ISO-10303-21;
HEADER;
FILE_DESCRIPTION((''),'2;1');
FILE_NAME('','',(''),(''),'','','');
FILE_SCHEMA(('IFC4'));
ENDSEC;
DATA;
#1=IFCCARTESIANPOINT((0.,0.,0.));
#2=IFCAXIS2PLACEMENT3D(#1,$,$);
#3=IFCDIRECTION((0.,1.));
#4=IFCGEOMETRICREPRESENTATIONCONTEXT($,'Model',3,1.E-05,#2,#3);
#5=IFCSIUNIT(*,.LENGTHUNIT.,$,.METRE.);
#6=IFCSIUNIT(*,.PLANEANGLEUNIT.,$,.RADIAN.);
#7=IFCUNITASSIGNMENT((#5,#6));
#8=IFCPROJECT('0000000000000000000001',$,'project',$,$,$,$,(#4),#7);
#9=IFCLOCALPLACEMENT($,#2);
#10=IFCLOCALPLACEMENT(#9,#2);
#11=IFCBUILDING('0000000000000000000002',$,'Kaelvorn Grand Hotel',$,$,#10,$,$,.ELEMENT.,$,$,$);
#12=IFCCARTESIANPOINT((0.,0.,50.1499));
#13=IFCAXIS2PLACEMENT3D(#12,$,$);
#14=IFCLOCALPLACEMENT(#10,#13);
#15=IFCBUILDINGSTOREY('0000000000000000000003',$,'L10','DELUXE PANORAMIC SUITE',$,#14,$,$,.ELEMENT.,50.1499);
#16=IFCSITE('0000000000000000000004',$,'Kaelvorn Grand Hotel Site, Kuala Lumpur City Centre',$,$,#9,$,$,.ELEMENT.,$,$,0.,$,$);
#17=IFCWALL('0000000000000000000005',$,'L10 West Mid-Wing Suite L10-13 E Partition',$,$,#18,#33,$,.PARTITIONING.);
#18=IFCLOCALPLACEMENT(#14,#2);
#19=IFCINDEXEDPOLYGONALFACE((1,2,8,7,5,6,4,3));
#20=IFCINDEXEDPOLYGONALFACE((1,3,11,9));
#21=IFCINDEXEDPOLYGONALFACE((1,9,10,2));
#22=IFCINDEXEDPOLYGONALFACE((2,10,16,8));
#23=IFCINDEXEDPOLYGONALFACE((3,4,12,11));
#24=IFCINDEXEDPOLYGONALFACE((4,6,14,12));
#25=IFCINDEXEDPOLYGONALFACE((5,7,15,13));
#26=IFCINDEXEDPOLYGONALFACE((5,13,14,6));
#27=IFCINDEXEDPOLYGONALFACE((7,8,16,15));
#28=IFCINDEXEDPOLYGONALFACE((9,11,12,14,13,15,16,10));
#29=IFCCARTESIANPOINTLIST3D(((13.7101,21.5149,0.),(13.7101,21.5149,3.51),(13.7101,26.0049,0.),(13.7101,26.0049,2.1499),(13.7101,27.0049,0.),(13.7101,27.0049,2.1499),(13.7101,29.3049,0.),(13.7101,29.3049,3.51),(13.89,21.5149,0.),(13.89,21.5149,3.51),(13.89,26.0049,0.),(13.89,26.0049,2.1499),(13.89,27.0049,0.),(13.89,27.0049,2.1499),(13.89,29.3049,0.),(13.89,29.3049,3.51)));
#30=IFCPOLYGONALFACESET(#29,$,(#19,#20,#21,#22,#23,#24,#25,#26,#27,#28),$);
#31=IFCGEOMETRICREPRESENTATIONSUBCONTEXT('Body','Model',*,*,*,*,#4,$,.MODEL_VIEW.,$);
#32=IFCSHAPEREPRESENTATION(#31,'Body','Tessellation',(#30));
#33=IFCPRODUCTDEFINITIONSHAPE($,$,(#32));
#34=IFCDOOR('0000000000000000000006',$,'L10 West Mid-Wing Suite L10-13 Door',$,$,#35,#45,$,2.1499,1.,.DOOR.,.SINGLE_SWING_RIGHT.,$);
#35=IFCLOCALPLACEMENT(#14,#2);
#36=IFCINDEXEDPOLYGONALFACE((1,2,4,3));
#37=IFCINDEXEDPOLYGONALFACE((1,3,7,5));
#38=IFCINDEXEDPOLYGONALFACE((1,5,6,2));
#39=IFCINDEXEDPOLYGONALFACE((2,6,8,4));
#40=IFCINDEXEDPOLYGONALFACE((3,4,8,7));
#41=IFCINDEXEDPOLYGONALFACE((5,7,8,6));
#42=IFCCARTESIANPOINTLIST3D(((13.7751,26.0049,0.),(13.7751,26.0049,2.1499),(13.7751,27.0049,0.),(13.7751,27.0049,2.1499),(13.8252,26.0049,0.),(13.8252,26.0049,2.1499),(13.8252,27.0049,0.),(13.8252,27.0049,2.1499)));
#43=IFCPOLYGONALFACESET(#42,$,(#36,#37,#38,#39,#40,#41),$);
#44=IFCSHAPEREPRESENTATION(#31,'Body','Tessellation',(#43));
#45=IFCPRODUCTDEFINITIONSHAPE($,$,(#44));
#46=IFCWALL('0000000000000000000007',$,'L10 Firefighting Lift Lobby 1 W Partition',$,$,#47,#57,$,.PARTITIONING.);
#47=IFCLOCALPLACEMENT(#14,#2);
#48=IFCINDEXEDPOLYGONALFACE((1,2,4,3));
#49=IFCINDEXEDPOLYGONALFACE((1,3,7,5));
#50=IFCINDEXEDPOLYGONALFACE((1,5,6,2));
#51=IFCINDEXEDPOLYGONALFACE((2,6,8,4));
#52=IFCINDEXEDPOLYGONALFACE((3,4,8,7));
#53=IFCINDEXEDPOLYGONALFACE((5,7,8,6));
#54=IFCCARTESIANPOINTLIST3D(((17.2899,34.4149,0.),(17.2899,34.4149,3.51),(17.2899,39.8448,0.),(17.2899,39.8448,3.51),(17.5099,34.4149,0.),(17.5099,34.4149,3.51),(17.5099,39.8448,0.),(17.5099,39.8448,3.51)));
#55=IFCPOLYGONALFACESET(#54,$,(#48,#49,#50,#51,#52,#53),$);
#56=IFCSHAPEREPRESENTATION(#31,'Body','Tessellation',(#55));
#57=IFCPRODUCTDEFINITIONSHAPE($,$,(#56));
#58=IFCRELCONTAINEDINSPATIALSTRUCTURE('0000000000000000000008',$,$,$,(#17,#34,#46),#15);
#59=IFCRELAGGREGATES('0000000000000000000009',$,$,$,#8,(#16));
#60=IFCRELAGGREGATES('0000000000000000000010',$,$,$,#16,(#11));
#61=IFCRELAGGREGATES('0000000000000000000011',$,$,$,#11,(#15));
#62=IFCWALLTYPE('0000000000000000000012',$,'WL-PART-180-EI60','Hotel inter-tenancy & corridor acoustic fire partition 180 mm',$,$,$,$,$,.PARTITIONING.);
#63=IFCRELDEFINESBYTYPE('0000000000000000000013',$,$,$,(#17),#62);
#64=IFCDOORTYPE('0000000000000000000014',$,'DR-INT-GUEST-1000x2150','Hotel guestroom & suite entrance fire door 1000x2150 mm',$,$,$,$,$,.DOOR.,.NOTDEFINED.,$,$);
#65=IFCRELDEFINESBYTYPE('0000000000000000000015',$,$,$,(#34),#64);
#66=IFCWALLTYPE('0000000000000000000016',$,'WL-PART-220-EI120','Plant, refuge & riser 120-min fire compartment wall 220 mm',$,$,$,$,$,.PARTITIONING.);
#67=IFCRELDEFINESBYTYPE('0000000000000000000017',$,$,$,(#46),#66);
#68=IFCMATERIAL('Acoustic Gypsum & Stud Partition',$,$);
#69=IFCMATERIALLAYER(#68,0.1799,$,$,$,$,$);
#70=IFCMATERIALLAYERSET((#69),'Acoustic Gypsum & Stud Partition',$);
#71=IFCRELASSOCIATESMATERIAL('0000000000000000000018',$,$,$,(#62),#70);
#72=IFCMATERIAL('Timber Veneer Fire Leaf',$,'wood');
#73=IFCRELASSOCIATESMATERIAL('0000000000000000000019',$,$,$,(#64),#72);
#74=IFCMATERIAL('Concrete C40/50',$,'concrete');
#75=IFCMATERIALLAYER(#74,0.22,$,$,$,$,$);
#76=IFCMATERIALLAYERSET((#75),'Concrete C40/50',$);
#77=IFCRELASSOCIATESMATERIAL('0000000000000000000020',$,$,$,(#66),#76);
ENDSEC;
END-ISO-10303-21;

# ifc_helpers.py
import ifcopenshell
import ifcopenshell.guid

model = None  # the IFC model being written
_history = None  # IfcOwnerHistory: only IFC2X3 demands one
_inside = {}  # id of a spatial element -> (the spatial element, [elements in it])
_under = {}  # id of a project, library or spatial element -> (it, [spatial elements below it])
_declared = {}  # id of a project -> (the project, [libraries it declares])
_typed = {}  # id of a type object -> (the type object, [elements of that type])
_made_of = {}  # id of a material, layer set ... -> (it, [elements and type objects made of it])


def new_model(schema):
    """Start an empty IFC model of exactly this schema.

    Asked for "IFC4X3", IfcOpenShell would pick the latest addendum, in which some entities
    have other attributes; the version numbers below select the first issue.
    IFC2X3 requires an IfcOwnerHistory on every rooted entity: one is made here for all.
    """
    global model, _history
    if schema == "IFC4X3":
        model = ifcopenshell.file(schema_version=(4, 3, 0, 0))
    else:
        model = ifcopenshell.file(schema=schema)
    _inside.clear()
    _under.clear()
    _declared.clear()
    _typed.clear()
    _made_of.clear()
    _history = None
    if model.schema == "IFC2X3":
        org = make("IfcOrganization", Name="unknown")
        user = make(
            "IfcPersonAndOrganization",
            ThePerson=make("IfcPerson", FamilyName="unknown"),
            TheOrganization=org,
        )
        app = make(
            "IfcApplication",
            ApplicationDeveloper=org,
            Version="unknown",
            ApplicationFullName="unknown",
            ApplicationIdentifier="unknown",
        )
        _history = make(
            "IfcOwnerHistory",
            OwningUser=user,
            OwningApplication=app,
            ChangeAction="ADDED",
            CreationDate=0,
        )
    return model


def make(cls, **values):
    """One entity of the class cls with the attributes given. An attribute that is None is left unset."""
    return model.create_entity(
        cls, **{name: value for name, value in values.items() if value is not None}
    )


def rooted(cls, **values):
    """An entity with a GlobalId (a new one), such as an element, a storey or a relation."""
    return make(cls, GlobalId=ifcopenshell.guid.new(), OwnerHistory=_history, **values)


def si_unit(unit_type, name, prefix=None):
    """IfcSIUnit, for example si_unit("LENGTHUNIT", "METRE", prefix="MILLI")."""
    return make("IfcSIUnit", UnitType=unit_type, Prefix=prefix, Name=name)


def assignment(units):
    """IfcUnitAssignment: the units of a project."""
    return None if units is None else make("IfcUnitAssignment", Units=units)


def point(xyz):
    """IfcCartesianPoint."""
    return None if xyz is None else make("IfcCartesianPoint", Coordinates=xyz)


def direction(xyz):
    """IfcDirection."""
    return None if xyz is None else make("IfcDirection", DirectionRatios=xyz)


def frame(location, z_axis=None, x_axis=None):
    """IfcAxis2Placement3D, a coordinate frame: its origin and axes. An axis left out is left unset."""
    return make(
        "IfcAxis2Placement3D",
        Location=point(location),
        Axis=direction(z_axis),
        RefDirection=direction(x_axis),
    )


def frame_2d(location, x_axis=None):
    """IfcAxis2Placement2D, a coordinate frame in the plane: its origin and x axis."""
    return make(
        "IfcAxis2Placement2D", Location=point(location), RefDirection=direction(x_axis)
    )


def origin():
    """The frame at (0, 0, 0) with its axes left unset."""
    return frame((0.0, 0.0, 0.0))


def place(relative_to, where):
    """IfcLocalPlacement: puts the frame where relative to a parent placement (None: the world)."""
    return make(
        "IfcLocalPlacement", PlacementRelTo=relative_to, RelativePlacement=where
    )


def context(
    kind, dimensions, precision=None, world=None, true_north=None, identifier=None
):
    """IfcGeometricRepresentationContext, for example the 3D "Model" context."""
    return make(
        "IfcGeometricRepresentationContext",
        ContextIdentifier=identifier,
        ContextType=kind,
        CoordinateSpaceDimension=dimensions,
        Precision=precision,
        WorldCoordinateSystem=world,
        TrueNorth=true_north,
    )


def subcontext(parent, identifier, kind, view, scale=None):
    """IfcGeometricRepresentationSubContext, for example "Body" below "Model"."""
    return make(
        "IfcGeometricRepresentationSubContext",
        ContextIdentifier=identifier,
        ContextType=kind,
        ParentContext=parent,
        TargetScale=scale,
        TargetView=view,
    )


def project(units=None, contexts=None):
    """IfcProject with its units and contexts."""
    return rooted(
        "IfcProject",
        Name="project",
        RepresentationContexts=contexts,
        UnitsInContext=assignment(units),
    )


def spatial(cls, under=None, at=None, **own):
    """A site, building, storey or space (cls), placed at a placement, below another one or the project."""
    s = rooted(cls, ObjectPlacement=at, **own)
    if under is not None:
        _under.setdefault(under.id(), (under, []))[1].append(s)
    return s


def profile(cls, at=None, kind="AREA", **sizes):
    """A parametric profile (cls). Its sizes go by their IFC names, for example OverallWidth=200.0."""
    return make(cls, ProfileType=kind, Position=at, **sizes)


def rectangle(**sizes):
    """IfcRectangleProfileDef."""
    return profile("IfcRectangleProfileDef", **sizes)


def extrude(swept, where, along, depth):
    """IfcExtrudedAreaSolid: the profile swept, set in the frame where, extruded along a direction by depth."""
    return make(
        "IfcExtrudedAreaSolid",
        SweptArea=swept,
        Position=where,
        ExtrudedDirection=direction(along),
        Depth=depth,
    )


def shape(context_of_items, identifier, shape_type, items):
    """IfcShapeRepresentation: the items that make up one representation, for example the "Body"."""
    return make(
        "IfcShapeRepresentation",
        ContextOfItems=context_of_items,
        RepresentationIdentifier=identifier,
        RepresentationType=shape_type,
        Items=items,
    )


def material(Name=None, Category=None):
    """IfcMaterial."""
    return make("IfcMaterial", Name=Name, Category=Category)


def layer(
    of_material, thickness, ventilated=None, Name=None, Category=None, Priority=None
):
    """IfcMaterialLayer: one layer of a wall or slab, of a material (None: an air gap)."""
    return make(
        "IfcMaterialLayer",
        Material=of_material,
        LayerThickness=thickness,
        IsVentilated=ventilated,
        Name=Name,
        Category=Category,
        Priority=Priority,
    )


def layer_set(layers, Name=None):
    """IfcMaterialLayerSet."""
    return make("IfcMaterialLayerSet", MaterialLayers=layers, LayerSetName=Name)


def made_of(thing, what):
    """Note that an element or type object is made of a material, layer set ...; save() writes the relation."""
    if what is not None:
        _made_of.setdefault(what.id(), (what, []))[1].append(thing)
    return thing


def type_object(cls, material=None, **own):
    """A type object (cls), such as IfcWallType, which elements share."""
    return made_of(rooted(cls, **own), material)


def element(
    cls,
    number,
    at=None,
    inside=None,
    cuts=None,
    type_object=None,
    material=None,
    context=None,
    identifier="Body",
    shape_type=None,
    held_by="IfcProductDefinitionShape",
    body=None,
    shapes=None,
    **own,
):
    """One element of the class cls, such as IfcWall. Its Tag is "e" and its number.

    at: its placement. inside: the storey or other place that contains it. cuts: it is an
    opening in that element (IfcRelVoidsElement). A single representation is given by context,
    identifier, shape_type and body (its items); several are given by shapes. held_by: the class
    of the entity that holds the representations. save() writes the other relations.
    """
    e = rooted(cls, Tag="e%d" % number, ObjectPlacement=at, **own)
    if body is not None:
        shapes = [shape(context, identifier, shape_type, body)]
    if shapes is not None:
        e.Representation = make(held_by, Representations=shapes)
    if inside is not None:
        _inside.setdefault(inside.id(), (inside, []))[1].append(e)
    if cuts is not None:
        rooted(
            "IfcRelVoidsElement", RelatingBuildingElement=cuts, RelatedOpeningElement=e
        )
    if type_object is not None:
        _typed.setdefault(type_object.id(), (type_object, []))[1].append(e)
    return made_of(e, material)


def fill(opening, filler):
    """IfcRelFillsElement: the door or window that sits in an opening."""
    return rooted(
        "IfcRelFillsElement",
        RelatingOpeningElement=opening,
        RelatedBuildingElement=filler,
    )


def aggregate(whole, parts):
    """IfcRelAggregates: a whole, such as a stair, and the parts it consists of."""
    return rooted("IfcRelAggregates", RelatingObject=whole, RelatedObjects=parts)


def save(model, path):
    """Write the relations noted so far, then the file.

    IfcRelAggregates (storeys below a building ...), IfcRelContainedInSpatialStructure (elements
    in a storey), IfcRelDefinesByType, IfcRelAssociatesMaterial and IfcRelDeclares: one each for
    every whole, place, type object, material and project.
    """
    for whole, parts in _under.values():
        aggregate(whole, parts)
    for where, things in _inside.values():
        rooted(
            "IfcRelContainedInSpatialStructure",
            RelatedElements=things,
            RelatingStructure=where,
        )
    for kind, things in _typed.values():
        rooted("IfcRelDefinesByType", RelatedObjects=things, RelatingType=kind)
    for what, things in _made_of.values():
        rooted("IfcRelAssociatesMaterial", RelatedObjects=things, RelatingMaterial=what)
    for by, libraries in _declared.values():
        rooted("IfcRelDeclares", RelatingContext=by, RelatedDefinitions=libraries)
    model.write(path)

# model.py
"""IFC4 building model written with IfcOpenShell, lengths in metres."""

from ifc_helpers import new_model, si_unit, direction, frame, frame_2d, origin, place, context, subcontext, project, spatial, rectangle, extrude, material, layer, layer_set, type_object, element, fill, save


model = new_model("IFC4")

# Units and contexts
model_context = context("Model", 3, precision=1e-05, world=origin(), true_north=direction((0.0, 1.0)))
body_context = subcontext(model_context, "Body", "Model", "MODEL_VIEW")
ifc_project = project(units=[si_unit("LENGTHUNIT", "METRE"), si_unit("PLANEANGLEUNIT", "RADIAN")], contexts=[model_context])

# Site, building, storey
site_placement = place(None, origin())
site = spatial("IfcSite", under=ifc_project, at=site_placement, Name="Kaelvorn Grand Hotel Site, Kuala Lumpur City Centre", CompositionType="ELEMENT", RefElevation=0.0)
building_placement = place(site_placement, origin())
building = spatial("IfcBuilding", under=site, at=building_placement, Name="Kaelvorn Grand Hotel", CompositionType="ELEMENT")
storey_placement = place(building_placement, frame((0.0, 0.0, 50.1499)))
storey = spatial("IfcBuildingStorey", under=building, at=storey_placement, Name="L10", Description="DELUXE PANORAMIC SUITE", CompositionType="ELEMENT", Elevation=50.1499)

# Shared definitions
ifc_material_1 = material(Name="Acoustic Gypsum & Stud Partition")
ifc_material_2 = material(Name="Timber Veneer Fire Leaf", Category="wood")

# Shared definitions
ifc_layer_1 = layer(ifc_material_1, 0.1799)
ifc_layer_set_1 = layer_set([ifc_layer_1], Name="Acoustic Gypsum & Stud Partition")
wall_type_1 = type_object("IfcWallType", Name="WL-PART-180-EI60", Description="Hotel inter-tenancy & corridor acoustic fire partition 180 mm", PredefinedType="PARTITIONING", material=ifc_layer_set_1)

# Wall, opening, door
wall_1_placement = place(storey_placement, frame((13.8, 21.5149, 0.0), z_axis=(0.0, 0.0, 1.0), x_axis=(0.0, 1.0, 0.0)))
wall_1 = element("IfcWall", 1, at=wall_1_placement, inside=storey, type_object=wall_type_1, Name="L10 West Mid-Wing Suite L10-13 E Partition", PredefinedType="PARTITIONING", context=body_context, shape_type="SweptSolid", body=[
    extrude(rectangle(XDim=7.79, YDim=0.1799, at=frame_2d((3.895, 0.0))), origin(), (0.0, 0.0, 1.0), 3.51),
])
opening_1_placement = place(wall_1_placement, frame((4.49, 0.0, 0.0)))
opening_1 = element("IfcOpeningElement", 2, at=opening_1_placement, cuts=wall_1, PredefinedType="OPENING", context=body_context, shape_type="SweptSolid", body=[
    extrude(rectangle(XDim=1.0, YDim=2.1499, at=frame_2d((0.5, 1.075))), frame((0.0, 0.1001, 0.0), z_axis=(0.0, -1.0, 0.0), x_axis=(1.0, 0.0, 0.0)), (0.0, 0.0, 1.0), 0.2),
])
door_type_1 = type_object("IfcDoorType", Name="DR-INT-GUEST-1000x2150", Description="Hotel guestroom & suite entrance fire door 1000x2150 mm", OperationType="NOTDEFINED", PredefinedType="DOOR", material=ifc_material_2)
door_1_placement = place(opening_1_placement, origin())
door_1 = element("IfcDoor", 3, at=door_1_placement, inside=storey, type_object=door_type_1, Name="L10 West Mid-Wing Suite L10-13 Door", OperationType="SINGLE_SWING_RIGHT", OverallHeight=2.1499, OverallWidth=1.0, PredefinedType="DOOR", context=body_context, shape_type="SweptSolid", body=[
    extrude(rectangle(XDim=1.0, YDim=2.1499, at=frame_2d((0.5, 1.075))), frame((0.0, 0.0249, 0.0), z_axis=(0.0, -1.0, 0.0), x_axis=(1.0, 0.0, 0.0)), (0.0, 0.0, 1.0), 0.05),
])
fill(opening_1, door_1)
ifc_material_3 = material(Name="Concrete C40/50", Category="concrete")
ifc_layer_2 = layer(ifc_material_3, 0.22)
ifc_layer_set_2 = layer_set([ifc_layer_2], Name="Concrete C40/50")
wall_type_2 = type_object("IfcWallType", Name="WL-PART-220-EI120", Description="Plant, refuge & riser 120-min fire compartment wall 220 mm", PredefinedType="PARTITIONING", material=ifc_layer_set_2)

# Wall
wall_2_placement = place(storey_placement, frame((17.3999, 34.415, 0.0), z_axis=(0.0, 0.0, 1.0), x_axis=(0.0, 1.0, 0.0)))
element("IfcWall", 4, at=wall_2_placement, inside=storey, type_object=wall_type_2, Name="L10 Firefighting Lift Lobby 1 W Partition", PredefinedType="PARTITIONING", context=body_context, shape_type="SweptSolid", body=[
    extrude(rectangle(XDim=5.4299, YDim=0.22, at=frame_2d((2.7148, 0.0))), origin(), (0.0, 0.0, 1.0), 3.51),
])

save(model, "model.ifc")
